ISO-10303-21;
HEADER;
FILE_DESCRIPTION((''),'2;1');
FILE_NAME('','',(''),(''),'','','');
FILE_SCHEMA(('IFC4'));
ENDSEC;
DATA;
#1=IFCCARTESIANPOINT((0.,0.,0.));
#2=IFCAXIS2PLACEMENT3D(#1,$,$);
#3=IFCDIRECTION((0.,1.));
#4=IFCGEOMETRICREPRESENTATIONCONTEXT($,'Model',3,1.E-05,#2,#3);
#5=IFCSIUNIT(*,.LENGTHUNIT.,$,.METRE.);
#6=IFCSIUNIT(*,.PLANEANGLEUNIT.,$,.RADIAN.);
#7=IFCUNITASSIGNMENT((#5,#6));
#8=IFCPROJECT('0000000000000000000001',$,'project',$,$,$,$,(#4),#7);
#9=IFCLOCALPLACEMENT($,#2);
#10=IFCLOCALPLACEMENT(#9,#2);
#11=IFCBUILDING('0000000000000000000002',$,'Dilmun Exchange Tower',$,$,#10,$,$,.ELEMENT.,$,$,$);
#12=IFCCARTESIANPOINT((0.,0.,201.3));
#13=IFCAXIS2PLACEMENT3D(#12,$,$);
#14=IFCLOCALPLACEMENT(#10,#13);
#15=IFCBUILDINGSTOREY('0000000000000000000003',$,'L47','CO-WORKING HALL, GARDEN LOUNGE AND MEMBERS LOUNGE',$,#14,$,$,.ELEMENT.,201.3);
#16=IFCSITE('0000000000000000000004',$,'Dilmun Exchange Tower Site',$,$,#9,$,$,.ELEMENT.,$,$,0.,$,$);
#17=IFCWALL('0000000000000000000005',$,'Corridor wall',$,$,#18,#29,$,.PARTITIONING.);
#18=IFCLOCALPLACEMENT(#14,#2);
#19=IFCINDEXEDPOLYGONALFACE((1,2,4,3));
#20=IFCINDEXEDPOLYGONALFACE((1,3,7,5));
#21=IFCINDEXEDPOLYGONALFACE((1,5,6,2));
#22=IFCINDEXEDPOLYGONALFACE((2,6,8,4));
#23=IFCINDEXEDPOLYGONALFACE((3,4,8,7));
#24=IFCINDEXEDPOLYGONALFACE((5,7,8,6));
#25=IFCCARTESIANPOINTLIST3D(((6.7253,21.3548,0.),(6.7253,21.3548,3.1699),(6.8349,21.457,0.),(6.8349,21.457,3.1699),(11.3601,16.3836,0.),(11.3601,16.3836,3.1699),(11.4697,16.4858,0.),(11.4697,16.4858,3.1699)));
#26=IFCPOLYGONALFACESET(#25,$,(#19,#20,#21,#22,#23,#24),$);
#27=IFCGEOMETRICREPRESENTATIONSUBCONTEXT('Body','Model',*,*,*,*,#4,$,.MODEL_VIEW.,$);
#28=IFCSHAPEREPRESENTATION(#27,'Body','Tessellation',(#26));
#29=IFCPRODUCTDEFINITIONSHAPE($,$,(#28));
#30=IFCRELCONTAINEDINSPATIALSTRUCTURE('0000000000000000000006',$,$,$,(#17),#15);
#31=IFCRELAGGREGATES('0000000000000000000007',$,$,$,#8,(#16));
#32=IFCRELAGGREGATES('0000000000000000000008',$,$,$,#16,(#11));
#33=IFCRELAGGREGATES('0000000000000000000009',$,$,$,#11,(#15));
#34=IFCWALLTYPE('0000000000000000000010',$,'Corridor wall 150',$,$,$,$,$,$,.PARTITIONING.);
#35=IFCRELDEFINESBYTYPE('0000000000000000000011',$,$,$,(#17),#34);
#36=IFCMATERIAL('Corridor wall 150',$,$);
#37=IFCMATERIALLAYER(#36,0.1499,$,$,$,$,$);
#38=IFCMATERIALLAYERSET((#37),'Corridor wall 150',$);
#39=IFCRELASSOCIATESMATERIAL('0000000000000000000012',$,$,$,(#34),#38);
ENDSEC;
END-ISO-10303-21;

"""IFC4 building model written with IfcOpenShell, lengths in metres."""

from ifc_helpers import new_model, si_unit, direction, frame, frame_2d, origin, place, context, subcontext, project, spatial, rectangle, extrude, material, layer, layer_set, type_object, element, save


model = new_model("IFC4")

# Units and contexts
model_context = context("Model", 3, precision=1e-05, world=origin(), true_north=direction((0.0, 1.0)))
body_context = subcontext(model_context, "Body", "Model", "MODEL_VIEW")
ifc_project = project(units=[si_unit("LENGTHUNIT", "METRE"), si_unit("PLANEANGLEUNIT", "RADIAN")], contexts=[model_context])

# Site, building, storey
site_placement = place(None, origin())
site = spatial("IfcSite", under=ifc_project, at=site_placement, Name="Dilmun Exchange Tower Site", CompositionType="ELEMENT", RefElevation=0.0)
building_placement = place(site_placement, origin())
building = spatial("IfcBuilding", under=site, at=building_placement, Name="Dilmun Exchange Tower", CompositionType="ELEMENT")
storey_placement = place(building_placement, frame((0.0, 0.0, 201.3)))
storey = spatial("IfcBuildingStorey", under=building, at=storey_placement, Name="L47", Description="CO-WORKING HALL, GARDEN LOUNGE AND MEMBERS LOUNGE", CompositionType="ELEMENT", Elevation=201.3)

# Wall
ifc_material_1 = material(Name="Corridor wall 150")
ifc_layer_1 = layer(ifc_material_1, 0.1499)
ifc_layer_set_1 = layer_set([ifc_layer_1], Name="Corridor wall 150")
wall_type = type_object("IfcWallType", Name="Corridor wall 150", PredefinedType="PARTITIONING", material=ifc_layer_set_1)
wall_1_placement = place(storey_placement, frame((6.78, 21.406, 0.0), z_axis=(0.0, 0.0, 1.0), x_axis=(0.681924, -0.731423, 0.0)))
element("IfcWall", 1, at=wall_1_placement, inside=storey, type_object=wall_type, Name="Corridor wall", PredefinedType="PARTITIONING", context=body_context, shape_type="SweptSolid", body=[
    extrude(rectangle(XDim=6.7966, YDim=0.1499, at=frame_2d((3.3984, 0.0))), origin(), (0.0, 0.0, 1.0), 3.1699),
])

save(model, "model.ifc")
